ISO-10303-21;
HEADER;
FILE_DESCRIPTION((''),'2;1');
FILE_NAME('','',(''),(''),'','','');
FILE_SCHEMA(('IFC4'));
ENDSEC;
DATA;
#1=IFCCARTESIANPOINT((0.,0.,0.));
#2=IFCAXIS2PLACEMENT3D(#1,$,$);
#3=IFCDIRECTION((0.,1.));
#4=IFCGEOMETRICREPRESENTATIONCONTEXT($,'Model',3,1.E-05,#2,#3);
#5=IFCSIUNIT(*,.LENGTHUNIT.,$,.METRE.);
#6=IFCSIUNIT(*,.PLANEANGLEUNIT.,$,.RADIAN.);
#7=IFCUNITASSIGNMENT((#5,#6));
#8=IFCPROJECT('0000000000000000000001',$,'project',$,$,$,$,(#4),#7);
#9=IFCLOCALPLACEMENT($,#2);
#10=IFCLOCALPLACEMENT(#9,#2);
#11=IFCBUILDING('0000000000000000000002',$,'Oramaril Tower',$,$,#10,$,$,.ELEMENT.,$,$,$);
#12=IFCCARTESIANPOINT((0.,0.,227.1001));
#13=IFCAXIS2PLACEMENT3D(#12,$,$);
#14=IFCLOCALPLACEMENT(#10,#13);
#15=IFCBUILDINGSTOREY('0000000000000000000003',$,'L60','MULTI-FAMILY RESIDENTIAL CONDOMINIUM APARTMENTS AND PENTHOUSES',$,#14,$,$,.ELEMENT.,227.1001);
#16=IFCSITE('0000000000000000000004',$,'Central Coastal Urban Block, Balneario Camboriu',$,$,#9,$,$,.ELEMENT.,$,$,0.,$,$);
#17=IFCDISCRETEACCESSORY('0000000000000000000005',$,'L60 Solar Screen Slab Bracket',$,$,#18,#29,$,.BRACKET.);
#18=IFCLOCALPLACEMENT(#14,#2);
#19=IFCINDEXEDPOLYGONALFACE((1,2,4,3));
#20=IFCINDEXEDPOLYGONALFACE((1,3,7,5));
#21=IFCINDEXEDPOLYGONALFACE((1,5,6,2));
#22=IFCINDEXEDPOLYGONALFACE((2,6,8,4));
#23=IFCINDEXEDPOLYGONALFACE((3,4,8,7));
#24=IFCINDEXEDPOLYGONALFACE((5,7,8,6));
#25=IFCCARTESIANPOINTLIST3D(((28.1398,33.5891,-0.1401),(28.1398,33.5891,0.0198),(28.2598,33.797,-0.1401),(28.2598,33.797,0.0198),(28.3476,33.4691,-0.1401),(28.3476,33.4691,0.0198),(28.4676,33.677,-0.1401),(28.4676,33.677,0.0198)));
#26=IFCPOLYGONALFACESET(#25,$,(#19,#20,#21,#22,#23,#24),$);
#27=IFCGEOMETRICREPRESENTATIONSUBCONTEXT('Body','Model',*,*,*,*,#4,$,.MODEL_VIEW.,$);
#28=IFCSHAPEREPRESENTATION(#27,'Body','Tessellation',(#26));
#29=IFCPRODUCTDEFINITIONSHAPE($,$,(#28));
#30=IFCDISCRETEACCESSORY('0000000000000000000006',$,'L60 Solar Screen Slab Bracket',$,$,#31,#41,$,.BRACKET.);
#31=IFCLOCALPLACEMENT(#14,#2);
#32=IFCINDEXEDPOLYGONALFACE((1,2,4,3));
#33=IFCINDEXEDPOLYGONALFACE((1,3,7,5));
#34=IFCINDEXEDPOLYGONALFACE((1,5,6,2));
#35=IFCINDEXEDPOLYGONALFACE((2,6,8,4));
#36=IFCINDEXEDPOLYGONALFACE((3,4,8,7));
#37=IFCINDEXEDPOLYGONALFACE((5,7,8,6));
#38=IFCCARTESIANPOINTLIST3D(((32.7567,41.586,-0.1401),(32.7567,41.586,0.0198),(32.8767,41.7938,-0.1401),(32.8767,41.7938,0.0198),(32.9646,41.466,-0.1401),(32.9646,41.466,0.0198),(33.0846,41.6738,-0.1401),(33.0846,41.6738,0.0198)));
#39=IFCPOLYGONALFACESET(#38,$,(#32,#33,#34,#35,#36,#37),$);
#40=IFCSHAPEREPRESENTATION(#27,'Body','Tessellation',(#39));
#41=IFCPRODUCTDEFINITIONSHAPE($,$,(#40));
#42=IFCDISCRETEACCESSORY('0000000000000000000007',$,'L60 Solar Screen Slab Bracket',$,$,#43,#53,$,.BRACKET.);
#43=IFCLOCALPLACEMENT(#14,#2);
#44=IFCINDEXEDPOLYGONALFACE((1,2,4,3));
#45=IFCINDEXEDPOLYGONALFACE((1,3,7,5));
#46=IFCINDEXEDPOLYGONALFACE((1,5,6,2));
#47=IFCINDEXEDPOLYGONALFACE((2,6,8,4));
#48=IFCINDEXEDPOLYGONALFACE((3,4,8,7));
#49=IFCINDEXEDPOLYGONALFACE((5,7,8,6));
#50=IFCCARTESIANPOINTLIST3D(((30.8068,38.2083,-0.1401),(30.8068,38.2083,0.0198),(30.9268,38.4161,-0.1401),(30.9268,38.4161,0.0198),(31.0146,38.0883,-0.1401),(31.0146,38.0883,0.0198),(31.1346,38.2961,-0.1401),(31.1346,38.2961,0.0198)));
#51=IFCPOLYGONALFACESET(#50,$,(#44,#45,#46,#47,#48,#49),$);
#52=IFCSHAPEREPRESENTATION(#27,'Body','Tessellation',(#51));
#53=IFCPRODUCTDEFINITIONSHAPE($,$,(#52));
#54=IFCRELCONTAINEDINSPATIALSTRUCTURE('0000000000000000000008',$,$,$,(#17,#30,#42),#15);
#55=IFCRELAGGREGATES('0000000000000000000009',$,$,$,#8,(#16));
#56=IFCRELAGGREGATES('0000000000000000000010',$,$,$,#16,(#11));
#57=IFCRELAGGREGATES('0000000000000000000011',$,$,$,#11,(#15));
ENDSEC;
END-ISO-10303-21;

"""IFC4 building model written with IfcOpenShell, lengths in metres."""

from ifc_helpers import new_model, si_unit, direction, frame, origin, origin_2d, place, context, subcontext, project, spatial, rectangle, extrude, element, save


model = new_model("IFC4")

# Units and contexts
model_context = context("Model", 3, precision=1e-05, world=origin(), true_north=direction((0.0, 1.0)))
body_context = subcontext(model_context, "Body", "Model", "MODEL_VIEW")
ifc_project = project(units=[si_unit("LENGTHUNIT", "METRE"), si_unit("PLANEANGLEUNIT", "RADIAN")], contexts=[model_context])

# Site, building, storey
site_placement = place(None, origin())
site = spatial("IfcSite", under=ifc_project, at=site_placement, Name="Central Coastal Urban Block, Balneario Camboriu", CompositionType="ELEMENT", RefElevation=0.0)
building_placement = place(site_placement, origin())
building = spatial("IfcBuilding", under=site, at=building_placement, Name="Oramaril Tower", CompositionType="ELEMENT")
storey_placement = place(building_placement, frame((0.0, 0.0, 227.1001)))
storey = spatial("IfcBuildingStorey", under=building, at=storey_placement, Name="L60", Description="MULTI-FAMILY RESIDENTIAL CONDOMINIUM APARTMENTS AND PENTHOUSES", CompositionType="ELEMENT", Elevation=227.1001)

# Discrete accessories
for number, where, z_axis, x_axis, name in (
    (1, (28.3037, 33.6331, -0.1401), (0.0, 0.0, 1.0), (-0.499998, -0.866026, 0.0), "L60 Solar Screen Slab Bracket"),
    (2, (32.9207, 41.6299, -0.1401), (0.0, 0.0, 1.0), (-0.499998, -0.866026, 0.0), "L60 Solar Screen Slab Bracket"),
    (3, (30.9707, 38.2522, -0.1401), (0.0, 0.0, 1.0), (-0.499998, -0.866026, 0.0), "L60 Solar Screen Slab Bracket"),
):
    element("IfcDiscreteAccessory", number, at=place(storey_placement, frame(where, z_axis=z_axis, x_axis=x_axis)), inside=storey, Name=name, PredefinedType="BRACKET", context=body_context, shape_type="SweptSolid", body=[
        extrude(rectangle(XDim=0.24, YDim=0.24, at=origin_2d()), origin(), (0.0, 0.0, 1.0), 0.1599),
    ])

save(model, "model.ifc")
